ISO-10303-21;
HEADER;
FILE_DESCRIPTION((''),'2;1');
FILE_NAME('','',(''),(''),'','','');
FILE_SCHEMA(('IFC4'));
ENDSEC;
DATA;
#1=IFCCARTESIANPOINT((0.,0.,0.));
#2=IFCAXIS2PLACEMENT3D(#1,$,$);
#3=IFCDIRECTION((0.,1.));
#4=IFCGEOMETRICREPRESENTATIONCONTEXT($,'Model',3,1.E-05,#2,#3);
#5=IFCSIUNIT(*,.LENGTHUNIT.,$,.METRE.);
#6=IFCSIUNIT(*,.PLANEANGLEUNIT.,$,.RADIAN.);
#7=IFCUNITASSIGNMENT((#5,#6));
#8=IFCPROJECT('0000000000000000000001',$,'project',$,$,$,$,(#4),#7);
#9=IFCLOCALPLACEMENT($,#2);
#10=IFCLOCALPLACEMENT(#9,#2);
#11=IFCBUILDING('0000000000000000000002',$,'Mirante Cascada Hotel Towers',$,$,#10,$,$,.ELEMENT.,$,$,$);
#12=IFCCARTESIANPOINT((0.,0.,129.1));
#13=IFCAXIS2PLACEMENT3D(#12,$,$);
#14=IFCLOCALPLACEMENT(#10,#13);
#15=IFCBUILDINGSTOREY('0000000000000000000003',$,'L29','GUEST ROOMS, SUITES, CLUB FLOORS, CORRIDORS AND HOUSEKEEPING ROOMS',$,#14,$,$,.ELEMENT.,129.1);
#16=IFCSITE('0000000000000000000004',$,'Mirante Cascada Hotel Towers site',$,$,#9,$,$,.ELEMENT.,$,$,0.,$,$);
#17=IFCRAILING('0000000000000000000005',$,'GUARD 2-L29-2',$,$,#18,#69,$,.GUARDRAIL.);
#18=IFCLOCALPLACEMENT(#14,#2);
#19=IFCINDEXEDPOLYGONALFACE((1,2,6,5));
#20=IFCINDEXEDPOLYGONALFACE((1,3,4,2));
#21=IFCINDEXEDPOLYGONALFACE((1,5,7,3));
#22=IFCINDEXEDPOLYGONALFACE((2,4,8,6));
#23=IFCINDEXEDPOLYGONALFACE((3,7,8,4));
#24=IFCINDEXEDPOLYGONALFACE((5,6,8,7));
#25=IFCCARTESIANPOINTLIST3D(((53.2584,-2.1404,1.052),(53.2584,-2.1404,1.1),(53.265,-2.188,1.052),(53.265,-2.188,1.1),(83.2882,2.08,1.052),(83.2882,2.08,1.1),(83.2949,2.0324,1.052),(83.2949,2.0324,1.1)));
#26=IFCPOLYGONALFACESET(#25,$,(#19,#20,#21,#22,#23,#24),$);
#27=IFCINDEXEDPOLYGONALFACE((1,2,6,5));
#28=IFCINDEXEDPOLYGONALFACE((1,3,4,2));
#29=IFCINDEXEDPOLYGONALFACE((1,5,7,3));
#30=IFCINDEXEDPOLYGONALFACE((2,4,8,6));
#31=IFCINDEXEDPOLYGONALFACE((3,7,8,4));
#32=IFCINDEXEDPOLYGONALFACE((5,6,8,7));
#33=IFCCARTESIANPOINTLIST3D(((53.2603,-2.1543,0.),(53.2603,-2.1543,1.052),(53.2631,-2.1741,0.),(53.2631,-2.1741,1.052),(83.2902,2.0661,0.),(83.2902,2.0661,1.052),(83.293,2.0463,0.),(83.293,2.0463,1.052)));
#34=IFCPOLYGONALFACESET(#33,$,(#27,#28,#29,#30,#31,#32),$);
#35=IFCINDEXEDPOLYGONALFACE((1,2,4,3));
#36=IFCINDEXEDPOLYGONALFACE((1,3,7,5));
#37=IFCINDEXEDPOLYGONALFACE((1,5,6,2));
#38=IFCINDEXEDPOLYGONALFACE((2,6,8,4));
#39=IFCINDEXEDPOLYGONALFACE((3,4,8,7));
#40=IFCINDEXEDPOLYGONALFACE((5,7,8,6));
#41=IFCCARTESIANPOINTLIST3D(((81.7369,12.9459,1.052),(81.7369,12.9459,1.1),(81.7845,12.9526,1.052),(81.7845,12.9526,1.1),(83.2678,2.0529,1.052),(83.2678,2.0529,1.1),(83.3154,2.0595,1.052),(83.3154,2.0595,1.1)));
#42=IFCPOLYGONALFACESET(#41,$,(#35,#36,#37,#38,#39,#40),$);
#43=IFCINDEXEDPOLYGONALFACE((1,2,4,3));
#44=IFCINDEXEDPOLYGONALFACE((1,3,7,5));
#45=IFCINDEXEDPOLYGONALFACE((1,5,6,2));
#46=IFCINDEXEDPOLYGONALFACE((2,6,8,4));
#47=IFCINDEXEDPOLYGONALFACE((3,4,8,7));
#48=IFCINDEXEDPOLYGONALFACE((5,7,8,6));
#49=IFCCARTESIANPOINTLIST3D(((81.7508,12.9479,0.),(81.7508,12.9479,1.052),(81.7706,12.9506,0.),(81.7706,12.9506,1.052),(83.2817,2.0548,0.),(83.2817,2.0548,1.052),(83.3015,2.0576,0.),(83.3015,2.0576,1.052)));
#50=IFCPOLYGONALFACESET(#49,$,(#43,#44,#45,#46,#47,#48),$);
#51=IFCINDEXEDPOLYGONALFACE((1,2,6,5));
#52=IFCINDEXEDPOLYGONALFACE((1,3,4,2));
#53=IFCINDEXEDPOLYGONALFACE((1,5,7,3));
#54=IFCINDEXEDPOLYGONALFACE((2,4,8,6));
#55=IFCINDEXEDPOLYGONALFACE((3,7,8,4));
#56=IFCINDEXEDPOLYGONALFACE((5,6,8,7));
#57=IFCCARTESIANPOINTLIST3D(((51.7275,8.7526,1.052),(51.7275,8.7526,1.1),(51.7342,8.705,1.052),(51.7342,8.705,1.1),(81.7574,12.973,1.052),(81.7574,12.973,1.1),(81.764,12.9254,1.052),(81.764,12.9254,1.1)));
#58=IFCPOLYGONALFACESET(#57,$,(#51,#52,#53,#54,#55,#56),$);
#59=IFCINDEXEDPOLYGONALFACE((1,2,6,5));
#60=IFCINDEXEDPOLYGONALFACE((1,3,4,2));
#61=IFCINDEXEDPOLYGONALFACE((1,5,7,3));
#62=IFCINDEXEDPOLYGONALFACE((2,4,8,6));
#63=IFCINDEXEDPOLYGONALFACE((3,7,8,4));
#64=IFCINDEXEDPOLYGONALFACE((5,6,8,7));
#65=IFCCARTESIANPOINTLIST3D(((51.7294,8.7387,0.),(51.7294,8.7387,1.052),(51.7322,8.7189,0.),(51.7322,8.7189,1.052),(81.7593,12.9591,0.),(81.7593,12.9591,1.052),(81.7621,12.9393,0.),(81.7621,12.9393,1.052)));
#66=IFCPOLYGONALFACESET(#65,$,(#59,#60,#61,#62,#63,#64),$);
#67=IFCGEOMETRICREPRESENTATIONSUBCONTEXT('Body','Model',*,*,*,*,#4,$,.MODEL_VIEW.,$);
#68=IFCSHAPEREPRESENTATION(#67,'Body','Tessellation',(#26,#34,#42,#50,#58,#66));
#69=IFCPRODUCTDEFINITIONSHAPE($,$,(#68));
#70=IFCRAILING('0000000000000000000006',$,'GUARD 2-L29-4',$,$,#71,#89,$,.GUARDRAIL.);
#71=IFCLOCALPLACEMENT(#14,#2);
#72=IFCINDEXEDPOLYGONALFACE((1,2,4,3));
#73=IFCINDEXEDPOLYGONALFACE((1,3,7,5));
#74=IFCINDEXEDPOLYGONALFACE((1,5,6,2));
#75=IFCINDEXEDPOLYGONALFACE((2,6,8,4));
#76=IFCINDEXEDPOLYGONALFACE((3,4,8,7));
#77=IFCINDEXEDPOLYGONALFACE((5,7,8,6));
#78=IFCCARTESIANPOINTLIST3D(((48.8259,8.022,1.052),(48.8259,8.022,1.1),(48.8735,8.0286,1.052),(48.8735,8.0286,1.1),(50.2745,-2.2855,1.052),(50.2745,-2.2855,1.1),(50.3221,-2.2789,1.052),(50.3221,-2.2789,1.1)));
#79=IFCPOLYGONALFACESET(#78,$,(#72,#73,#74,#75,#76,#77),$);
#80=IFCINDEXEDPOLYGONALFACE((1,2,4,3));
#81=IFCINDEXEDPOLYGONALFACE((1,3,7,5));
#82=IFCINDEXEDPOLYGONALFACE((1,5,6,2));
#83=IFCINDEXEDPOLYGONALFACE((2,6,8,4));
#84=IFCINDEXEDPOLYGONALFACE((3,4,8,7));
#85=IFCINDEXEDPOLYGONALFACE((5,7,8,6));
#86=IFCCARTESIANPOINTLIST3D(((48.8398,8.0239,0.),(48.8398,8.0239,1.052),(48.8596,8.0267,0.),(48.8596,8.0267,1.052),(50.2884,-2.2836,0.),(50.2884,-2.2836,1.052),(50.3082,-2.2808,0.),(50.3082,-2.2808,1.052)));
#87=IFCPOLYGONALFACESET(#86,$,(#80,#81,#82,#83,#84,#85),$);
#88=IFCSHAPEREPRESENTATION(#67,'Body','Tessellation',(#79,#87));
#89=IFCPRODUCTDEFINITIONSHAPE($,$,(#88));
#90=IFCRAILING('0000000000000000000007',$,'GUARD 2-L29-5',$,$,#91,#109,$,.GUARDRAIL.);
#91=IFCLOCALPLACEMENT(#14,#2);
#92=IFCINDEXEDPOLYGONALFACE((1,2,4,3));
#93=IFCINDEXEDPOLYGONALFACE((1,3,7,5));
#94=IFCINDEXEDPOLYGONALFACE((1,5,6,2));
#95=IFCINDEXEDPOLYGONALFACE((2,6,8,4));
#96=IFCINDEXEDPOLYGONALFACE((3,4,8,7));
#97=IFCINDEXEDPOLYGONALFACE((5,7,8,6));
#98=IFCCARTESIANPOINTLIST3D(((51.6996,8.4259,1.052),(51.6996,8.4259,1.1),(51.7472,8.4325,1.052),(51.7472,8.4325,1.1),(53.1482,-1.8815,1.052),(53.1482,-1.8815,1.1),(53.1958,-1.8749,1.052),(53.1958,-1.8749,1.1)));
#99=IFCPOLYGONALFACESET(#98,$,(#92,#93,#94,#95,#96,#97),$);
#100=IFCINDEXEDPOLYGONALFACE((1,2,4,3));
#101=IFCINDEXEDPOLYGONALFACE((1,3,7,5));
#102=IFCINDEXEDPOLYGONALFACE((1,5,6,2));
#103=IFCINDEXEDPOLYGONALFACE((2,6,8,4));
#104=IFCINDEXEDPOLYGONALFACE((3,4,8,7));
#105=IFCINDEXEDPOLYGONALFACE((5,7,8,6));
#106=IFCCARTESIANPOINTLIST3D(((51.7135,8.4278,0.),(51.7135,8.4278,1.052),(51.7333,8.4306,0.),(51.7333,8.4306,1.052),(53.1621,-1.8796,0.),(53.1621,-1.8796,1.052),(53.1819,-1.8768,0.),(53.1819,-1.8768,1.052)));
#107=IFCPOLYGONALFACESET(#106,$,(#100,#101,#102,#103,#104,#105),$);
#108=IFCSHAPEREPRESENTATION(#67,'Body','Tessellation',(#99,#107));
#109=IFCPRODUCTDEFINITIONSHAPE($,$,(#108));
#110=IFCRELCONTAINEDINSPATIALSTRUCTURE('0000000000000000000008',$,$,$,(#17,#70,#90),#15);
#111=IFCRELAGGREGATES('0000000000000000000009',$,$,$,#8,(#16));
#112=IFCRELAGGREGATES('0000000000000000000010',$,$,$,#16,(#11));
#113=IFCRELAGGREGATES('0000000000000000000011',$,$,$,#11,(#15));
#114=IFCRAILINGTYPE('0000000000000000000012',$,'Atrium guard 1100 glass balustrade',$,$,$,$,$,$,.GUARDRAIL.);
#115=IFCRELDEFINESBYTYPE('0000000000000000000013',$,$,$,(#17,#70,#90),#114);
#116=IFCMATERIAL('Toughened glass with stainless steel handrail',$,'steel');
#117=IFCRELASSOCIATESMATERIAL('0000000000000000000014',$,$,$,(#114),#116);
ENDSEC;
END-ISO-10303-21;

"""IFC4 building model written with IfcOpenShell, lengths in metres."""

from ifc_helpers import new_model, si_unit, direction, frame, origin, origin_2d, place, context, subcontext, project, spatial, rectangle, extrude, material, type_object, element, save


model = new_model("IFC4")

# Units and contexts
model_context = context("Model", 3, precision=1e-05, world=origin(), true_north=direction((0.0, 1.0)))
body_context = subcontext(model_context, "Body", "Model", "MODEL_VIEW")
ifc_project = project(units=[si_unit("LENGTHUNIT", "METRE"), si_unit("PLANEANGLEUNIT", "RADIAN")], contexts=[model_context])

# Site, building, storey
site_placement = place(None, origin())
site = spatial("IfcSite", under=ifc_project, at=site_placement, Name="Mirante Cascada Hotel Towers site", CompositionType="ELEMENT", RefElevation=0.0)
building_placement = place(site_placement, origin())
building = spatial("IfcBuilding", under=site, at=building_placement, Name="Mirante Cascada Hotel Towers", CompositionType="ELEMENT")
storey_placement = place(building_placement, frame((0.0, 0.0, 129.1)))
storey = spatial("IfcBuildingStorey", under=building, at=storey_placement, Name="L29", Description="GUEST ROOMS, SUITES, CLUB FLOORS, CORRIDORS AND HOUSEKEEPING ROOMS", CompositionType="ELEMENT", Elevation=129.1)

# Railings
ifc_material_1 = material(Name="Toughened glass with stainless steel handrail", Category="steel")
railing_type = type_object("IfcRailingType", Name="Atrium guard 1100 glass balustrade", PredefinedType="GUARDRAIL", material=ifc_material_1)
railing_1_placement = place(storey_placement, frame((53.2617, -2.1642, 0.0)))
element("IfcRailing", 1, at=railing_1_placement, inside=storey, type_object=railing_type, Name="GUARD 2-L29-2", PredefinedType="GUARDRAIL", context=body_context, shape_type="SweptSolid", body=[
    extrude(rectangle(XDim=0.048, YDim=0.048, at=origin_2d()), frame((0.0, 0.0, 1.076), z_axis=(0.990268, 0.139172, 0.0), x_axis=(-0.139172, 0.990268, 0.0)), (0.0, 0.0, 1.0), 30.325),
    extrude(rectangle(XDim=0.02, YDim=1.052, at=origin_2d()), frame((0.0, 0.0, 0.526), z_axis=(0.990268, 0.139172, 0.0), x_axis=(-0.139172, 0.990268, 0.0)), (0.0, 0.0, 1.0), 30.325),
    extrude(rectangle(XDim=0.048, YDim=0.048, at=origin_2d()), frame((30.0299, 4.2204, 1.076), z_axis=(-0.139172, 0.990268, 0.0), x_axis=(-0.990268, -0.139172, 0.0)), (0.0, 0.0, 1.0), 11.0001),
    extrude(rectangle(XDim=0.02, YDim=1.052, at=origin_2d()), frame((30.0299, 4.2204, 0.526), z_axis=(-0.139172, 0.990268, 0.0), x_axis=(-0.990268, -0.139172, 0.0)), (0.0, 0.0, 1.0), 11.0001),
    extrude(rectangle(XDim=0.048, YDim=0.048, at=origin_2d()), frame((28.499, 15.1134, 1.076), z_axis=(-0.990268, -0.139172, 0.0), x_axis=(0.139172, -0.990268, 0.0)), (0.0, 0.0, 1.0), 30.325),
    extrude(rectangle(XDim=0.02, YDim=1.052, at=origin_2d()), frame((28.499, 15.1134, 0.526), z_axis=(-0.990268, -0.139172, 0.0), x_axis=(0.139172, -0.990268, 0.0)), (0.0, 0.0, 1.0), 30.325),
])
railing_2_placement = place(storey_placement, frame((50.2983, -2.2822, 0.0)))
element("IfcRailing", 2, at=railing_2_placement, inside=storey, type_object=railing_type, Name="GUARD 2-L29-4", PredefinedType="GUARDRAIL", context=body_context, shape_type="SweptSolid", body=[
    extrude(rectangle(XDim=0.048, YDim=0.048, at=origin_2d()), frame((0.0, 0.0, 1.076), z_axis=(-0.139171, 0.990268, 0.0), x_axis=(-0.990268, -0.139171, 0.0)), (0.0, 0.0, 1.0), 10.4088),
    extrude(rectangle(XDim=0.02, YDim=1.052, at=origin_2d()), frame((0.0, 0.0, 0.526), z_axis=(-0.139171, 0.990268, 0.0), x_axis=(-0.990268, -0.139171, 0.0)), (0.0, 0.0, 1.0), 10.4088),
])
railing_3_placement = place(storey_placement, frame((51.7234, 8.4292, 0.0)))
element("IfcRailing", 3, at=railing_3_placement, inside=storey, type_object=railing_type, Name="GUARD 2-L29-5", PredefinedType="GUARDRAIL", context=body_context, shape_type="SweptSolid", body=[
    extrude(rectangle(XDim=0.048, YDim=0.048, at=origin_2d()), frame((0.0, 0.0, 1.076), z_axis=(0.139172, -0.990268, 0.0), x_axis=(0.990268, 0.139172, 0.0)), (0.0, 0.0, 1.0), 10.4087),
    extrude(rectangle(XDim=0.02, YDim=1.052, at=origin_2d()), frame((0.0, 0.0, 0.526), z_axis=(0.139172, -0.990268, 0.0), x_axis=(0.990268, 0.139172, 0.0)), (0.0, 0.0, 1.0), 10.4087),
])

save(model, "model.ifc")
